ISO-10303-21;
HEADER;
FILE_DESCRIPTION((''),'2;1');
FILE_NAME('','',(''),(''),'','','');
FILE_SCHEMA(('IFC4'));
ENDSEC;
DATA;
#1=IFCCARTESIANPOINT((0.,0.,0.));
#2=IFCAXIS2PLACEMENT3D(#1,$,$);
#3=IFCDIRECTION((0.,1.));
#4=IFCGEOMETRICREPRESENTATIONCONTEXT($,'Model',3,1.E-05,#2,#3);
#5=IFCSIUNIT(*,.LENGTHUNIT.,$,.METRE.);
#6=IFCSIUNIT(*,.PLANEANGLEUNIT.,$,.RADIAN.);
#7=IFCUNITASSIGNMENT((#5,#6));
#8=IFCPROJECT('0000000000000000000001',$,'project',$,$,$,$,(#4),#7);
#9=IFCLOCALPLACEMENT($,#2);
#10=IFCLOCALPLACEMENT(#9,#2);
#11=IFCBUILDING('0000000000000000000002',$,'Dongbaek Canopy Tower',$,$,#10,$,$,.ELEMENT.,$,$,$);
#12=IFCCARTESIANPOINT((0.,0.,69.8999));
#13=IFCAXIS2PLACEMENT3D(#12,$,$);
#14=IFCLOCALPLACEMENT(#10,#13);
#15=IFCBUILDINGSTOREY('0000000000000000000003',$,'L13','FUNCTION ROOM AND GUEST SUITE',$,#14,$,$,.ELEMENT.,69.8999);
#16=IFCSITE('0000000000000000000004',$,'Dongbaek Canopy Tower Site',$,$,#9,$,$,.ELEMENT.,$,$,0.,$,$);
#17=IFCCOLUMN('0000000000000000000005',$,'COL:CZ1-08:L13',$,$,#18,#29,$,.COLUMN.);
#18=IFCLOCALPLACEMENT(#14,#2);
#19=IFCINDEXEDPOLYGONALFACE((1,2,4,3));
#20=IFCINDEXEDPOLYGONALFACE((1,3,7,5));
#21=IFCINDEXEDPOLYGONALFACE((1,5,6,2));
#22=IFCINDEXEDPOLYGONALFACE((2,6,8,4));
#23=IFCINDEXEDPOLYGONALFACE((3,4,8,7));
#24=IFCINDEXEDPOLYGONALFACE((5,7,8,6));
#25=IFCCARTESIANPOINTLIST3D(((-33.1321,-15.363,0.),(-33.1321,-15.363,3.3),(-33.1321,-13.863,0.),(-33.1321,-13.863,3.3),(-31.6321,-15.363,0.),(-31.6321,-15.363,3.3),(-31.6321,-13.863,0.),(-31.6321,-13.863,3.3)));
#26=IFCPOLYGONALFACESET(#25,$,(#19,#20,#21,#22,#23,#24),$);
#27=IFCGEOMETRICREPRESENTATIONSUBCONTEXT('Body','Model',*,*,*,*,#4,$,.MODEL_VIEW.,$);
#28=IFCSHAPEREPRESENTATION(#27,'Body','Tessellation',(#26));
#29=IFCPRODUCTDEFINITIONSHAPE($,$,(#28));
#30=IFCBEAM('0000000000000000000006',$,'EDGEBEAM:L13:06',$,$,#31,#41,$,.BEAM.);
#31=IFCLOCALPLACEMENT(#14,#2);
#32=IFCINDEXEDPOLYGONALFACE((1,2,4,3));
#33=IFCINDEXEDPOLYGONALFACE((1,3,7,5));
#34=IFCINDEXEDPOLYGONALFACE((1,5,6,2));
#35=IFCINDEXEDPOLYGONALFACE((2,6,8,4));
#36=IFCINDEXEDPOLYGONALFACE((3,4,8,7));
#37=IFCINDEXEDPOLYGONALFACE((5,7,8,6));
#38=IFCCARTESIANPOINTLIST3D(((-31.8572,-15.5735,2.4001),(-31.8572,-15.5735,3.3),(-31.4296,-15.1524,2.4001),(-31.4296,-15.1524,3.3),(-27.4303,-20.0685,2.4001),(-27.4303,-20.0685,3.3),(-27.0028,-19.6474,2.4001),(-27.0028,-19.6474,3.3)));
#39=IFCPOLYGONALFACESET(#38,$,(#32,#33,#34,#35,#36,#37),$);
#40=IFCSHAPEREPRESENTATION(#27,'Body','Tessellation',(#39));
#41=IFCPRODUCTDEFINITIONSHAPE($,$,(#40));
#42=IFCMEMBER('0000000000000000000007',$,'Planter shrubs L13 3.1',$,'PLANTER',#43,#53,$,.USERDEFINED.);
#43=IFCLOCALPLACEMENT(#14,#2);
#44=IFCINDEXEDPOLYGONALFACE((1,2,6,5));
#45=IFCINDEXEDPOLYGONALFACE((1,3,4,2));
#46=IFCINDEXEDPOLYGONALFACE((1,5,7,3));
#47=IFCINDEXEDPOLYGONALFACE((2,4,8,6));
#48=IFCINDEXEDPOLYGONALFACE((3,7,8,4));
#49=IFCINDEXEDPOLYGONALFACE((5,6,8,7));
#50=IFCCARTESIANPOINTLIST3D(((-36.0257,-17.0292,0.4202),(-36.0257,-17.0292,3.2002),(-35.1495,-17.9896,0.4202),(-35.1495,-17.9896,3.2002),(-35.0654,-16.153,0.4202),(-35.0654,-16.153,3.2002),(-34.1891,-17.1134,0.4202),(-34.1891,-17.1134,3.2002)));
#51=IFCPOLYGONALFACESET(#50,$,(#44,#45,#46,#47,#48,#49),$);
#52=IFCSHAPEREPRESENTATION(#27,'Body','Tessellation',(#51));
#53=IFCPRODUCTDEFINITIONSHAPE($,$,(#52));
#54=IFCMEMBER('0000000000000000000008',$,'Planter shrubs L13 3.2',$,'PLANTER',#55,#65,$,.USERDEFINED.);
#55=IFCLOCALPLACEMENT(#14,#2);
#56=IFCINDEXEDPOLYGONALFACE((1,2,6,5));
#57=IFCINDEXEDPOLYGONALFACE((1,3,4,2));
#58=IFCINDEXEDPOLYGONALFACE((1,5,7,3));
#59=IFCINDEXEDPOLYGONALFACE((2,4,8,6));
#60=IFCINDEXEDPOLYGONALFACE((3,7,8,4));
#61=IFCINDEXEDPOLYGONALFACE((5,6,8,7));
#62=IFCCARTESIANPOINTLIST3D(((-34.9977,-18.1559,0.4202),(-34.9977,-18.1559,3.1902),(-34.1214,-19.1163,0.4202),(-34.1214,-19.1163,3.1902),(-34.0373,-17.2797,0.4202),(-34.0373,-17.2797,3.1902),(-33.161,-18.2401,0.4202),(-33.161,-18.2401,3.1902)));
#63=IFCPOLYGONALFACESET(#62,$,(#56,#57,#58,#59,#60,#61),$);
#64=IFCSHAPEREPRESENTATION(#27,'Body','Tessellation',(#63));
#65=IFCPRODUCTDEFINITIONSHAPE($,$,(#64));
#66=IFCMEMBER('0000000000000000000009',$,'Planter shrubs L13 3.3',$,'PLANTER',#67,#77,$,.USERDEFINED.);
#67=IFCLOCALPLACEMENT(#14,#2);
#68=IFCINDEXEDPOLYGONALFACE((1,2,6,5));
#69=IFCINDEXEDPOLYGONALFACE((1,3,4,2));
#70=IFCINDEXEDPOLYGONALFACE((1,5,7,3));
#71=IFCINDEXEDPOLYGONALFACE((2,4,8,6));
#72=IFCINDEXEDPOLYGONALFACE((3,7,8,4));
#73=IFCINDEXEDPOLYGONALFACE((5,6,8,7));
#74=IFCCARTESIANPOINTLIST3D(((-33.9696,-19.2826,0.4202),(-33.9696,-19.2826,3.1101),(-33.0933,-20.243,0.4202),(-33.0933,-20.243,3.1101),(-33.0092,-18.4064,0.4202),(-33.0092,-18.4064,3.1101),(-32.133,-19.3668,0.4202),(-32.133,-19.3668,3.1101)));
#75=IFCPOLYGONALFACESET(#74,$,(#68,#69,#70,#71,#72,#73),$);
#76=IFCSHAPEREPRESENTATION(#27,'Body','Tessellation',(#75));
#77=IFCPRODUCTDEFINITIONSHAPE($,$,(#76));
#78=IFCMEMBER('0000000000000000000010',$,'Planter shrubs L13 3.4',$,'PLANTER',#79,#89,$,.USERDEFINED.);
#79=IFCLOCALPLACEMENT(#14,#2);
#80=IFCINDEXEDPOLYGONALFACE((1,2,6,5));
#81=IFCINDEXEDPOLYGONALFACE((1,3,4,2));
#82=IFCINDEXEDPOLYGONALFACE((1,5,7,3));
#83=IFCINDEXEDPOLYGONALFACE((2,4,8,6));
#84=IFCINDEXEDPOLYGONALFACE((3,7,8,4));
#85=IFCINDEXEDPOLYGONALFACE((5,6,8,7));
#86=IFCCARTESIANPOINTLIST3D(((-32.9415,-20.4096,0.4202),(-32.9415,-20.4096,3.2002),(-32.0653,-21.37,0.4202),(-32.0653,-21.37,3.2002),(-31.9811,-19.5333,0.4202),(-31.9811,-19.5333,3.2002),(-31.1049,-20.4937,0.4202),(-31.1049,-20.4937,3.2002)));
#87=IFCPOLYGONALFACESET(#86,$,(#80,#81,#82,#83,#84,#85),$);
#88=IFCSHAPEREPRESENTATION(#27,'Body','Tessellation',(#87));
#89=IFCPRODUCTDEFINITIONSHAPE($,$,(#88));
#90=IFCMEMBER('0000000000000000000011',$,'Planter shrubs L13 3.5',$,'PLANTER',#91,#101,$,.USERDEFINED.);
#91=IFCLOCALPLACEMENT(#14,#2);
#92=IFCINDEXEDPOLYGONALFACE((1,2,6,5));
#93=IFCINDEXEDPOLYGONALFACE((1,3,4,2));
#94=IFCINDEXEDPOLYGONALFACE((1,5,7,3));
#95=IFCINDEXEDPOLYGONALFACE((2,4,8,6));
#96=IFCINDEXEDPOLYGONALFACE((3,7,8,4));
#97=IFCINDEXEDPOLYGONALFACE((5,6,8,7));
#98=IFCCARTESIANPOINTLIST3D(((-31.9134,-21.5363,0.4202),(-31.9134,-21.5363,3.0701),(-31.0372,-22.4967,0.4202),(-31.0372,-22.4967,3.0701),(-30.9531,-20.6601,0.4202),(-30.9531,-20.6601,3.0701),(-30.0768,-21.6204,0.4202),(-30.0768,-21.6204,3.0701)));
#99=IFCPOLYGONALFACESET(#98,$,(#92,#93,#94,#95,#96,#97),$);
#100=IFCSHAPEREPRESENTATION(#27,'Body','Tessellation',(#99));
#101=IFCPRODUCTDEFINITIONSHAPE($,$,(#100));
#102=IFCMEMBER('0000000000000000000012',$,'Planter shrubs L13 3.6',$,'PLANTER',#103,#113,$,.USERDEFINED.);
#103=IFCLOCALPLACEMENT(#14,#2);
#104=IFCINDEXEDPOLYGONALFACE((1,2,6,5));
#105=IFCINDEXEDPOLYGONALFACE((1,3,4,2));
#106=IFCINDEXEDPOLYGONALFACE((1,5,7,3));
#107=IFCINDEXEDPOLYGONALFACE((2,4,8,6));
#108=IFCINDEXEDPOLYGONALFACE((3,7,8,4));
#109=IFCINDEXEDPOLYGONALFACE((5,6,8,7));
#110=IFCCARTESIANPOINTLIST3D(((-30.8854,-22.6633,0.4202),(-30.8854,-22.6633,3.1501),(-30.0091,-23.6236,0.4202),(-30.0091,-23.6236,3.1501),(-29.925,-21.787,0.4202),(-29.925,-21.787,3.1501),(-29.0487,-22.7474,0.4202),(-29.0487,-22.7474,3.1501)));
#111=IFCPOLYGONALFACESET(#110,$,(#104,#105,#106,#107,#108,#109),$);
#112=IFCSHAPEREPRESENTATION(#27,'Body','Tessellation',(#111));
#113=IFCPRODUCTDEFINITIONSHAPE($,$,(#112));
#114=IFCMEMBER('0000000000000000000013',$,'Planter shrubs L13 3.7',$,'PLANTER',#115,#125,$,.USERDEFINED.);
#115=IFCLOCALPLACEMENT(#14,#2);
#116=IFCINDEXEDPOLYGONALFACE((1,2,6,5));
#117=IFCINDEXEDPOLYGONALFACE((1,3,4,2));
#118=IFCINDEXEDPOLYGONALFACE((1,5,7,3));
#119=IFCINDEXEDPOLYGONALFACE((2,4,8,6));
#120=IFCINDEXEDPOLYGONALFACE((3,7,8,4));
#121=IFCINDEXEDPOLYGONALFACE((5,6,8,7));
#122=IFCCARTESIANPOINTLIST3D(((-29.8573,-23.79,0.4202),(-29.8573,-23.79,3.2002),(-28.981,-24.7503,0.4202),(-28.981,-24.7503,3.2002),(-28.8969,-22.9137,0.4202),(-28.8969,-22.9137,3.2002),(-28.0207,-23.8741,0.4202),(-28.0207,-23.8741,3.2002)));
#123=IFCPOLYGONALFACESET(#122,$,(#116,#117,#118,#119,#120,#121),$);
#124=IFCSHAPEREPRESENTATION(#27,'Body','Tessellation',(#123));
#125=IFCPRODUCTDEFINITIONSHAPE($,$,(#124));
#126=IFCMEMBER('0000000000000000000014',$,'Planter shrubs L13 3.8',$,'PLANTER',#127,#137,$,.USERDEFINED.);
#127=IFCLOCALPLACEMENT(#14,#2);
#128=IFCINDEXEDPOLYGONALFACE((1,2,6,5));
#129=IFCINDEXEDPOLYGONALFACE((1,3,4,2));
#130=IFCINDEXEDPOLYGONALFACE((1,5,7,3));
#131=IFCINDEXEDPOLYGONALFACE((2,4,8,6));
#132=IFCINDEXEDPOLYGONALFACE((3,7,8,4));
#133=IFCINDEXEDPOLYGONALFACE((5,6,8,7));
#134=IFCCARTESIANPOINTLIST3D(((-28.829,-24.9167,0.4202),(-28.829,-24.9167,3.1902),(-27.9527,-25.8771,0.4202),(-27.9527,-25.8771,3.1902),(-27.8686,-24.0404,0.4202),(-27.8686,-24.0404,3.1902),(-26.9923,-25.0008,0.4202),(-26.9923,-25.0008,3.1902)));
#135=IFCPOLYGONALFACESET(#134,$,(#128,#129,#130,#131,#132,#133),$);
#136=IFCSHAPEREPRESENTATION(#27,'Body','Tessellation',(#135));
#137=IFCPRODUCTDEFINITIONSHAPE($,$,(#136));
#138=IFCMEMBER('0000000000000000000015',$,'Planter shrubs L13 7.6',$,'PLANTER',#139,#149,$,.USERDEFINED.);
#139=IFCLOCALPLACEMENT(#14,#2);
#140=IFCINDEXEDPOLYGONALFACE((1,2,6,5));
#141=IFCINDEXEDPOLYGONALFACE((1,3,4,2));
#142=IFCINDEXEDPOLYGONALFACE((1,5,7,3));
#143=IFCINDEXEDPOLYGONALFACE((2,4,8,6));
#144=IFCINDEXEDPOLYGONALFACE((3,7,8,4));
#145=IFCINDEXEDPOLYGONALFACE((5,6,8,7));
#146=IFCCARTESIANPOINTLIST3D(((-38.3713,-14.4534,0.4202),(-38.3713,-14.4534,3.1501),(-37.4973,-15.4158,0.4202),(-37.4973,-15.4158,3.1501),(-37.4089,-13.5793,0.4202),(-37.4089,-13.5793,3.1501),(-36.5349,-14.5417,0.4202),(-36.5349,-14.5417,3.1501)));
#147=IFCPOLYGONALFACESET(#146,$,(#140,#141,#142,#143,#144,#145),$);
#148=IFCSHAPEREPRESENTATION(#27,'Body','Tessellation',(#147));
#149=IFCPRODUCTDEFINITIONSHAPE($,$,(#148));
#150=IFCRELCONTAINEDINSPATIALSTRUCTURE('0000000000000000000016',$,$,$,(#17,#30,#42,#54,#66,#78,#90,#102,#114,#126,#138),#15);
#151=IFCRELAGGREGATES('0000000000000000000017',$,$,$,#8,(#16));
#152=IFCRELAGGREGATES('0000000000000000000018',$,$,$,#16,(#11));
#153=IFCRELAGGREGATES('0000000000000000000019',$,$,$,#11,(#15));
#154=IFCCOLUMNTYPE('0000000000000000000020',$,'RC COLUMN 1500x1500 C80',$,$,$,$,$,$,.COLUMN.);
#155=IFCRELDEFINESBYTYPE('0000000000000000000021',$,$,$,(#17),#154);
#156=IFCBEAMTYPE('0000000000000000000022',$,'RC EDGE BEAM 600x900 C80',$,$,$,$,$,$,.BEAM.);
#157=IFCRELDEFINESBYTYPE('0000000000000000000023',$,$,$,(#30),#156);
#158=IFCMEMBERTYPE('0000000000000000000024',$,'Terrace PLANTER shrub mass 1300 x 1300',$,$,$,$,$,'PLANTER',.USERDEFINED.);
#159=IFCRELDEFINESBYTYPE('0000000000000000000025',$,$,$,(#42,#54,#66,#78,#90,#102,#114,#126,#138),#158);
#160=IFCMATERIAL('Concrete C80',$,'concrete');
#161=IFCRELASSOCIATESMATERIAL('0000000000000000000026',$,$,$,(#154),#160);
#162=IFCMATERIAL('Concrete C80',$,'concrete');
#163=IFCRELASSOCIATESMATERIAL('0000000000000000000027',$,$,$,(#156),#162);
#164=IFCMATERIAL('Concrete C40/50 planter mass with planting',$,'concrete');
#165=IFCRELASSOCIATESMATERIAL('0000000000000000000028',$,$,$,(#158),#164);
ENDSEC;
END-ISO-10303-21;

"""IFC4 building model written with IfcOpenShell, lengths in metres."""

from ifc_helpers import new_model, si_unit, direction, frame, origin, origin_2d, place, context, subcontext, project, spatial, rectangle, extrude, material, material_profile, profile_set, type_object, element, save


model = new_model("IFC4")

# Units and contexts
model_context = context("Model", 3, precision=1e-05, world=origin(), true_north=direction((0.0, 1.0)))
body_context = subcontext(model_context, "Body", "Model", "MODEL_VIEW")
ifc_project = project(units=[si_unit("LENGTHUNIT", "METRE"), si_unit("PLANEANGLEUNIT", "RADIAN")], contexts=[model_context])

# Site, building, storey
site_placement = place(None, origin())
site = spatial("IfcSite", under=ifc_project, at=site_placement, Name="Dongbaek Canopy Tower Site", CompositionType="ELEMENT", RefElevation=0.0)
building_placement = place(site_placement, origin())
building = spatial("IfcBuilding", under=site, at=building_placement, Name="Dongbaek Canopy Tower", CompositionType="ELEMENT")
storey_placement = place(building_placement, frame((0.0, 0.0, 69.8999)))
storey = spatial("IfcBuildingStorey", under=building, at=storey_placement, Name="L13", Description="FUNCTION ROOM AND GUEST SUITE", CompositionType="ELEMENT", Elevation=69.8999)

# Column
ifc_material_1 = material(Name="Concrete C80", Category="concrete")
ifc_material_profile_1 = material_profile(ifc_material_1, rectangle(XDim=1.5, YDim=1.5, at=origin_2d()), Name="RC COLUMN 1500x1500 C80")
ifc_profile_set_1 = profile_set([ifc_material_profile_1], Name="Concrete C80")
column_type = type_object("IfcColumnType", Name="RC COLUMN 1500x1500 C80", PredefinedType="COLUMN", material=ifc_profile_set_1)
column_placement = place(storey_placement, frame((-32.3821, -14.613, 0.0), z_axis=(0.0, 0.0, 1.0), x_axis=(1.0, 0.0, 0.0)))
element("IfcColumn", 1, at=column_placement, inside=storey, type_object=column_type, Name="COL:CZ1-08:L13", PredefinedType="COLUMN", context=body_context, shape_type="SweptSolid", body=[
    extrude(rectangle(XDim=1.5, YDim=1.5, at=origin_2d()), origin(), (0.0, 0.0, 1.0), 3.3),
])

# Beam
ifc_material_2 = material(Name="Concrete C80", Category="concrete")
ifc_material_profile_2 = material_profile(ifc_material_2, rectangle(XDim=0.6001, YDim=0.8999, at=origin_2d()), Name="RC EDGE BEAM 600x900 C80")
ifc_profile_set_2 = profile_set([ifc_material_profile_2], Name="Concrete C80")
beam_type = type_object("IfcBeamType", Name="RC EDGE BEAM 600x900 C80", PredefinedType="BEAM", material=ifc_profile_set_2)
beam_placement = place(storey_placement, frame((-27.2166, -19.8579, 2.8501), z_axis=(-0.701688, 0.712485, 0.0), x_axis=(-0.712485, -0.701688, 0.0)))
element("IfcBeam", 2, at=beam_placement, inside=storey, type_object=beam_type, Name="EDGEBEAM:L13:06", PredefinedType="BEAM", context=body_context, shape_type="SweptSolid", body=[
    extrude(rectangle(XDim=0.6001, YDim=0.8999, at=origin_2d()), origin(), (0.0, 0.0, 1.0), 6.3088),
])

# Members
ifc_material_3 = material(Name="Concrete C40/50 planter mass with planting", Category="concrete")
ifc_material_profile_3 = material_profile(ifc_material_3, rectangle(XDim=1.3, YDim=1.3, at=origin_2d()), Name="Terrace PLANTER shrub mass 1300 x 1300")
ifc_profile_set_3 = profile_set([ifc_material_profile_3], Name="Concrete C40/50 planter mass with planting")
member_type = type_object("IfcMemberType", Name="Terrace PLANTER shrub mass 1300 x 1300", ElementType="PLANTER", PredefinedType="USERDEFINED", material=ifc_profile_set_3)
member_1_placement = place(storey_placement, frame((-35.1074, -17.0713, 0.4202), z_axis=(0.0, 0.0, 1.0), x_axis=(-0.73872, -0.674012, 0.0)))
element("IfcMember", 3, at=member_1_placement, inside=storey, type_object=member_type, Name="Planter shrubs L13 3.1", ObjectType="PLANTER", PredefinedType="USERDEFINED", context=body_context, shape_type="SweptSolid", body=[
    extrude(rectangle(XDim=1.3, YDim=1.3, at=origin_2d()), origin(), (0.0, 0.0, 1.0), 2.78),
])
member_2_placement = place(storey_placement, frame((-34.0793, -18.198, 0.4202), z_axis=(0.0, 0.0, 1.0), x_axis=(-0.73872, -0.674012, 0.0)))
element("IfcMember", 4, at=member_2_placement, inside=storey, type_object=member_type, Name="Planter shrubs L13 3.2", ObjectType="PLANTER", PredefinedType="USERDEFINED", context=body_context, shape_type="SweptSolid", body=[
    extrude(rectangle(XDim=1.3, YDim=1.3, at=origin_2d()), origin(), (0.0, 0.0, 1.0), 2.77),
])
member_3_placement = place(storey_placement, frame((-33.0513, -19.3247, 0.4202), z_axis=(0.0, 0.0, 1.0), x_axis=(-0.73872, -0.674012, 0.0)))
element("IfcMember", 5, at=member_3_placement, inside=storey, type_object=member_type, Name="Planter shrubs L13 3.3", ObjectType="PLANTER", PredefinedType="USERDEFINED", context=body_context, shape_type="SweptSolid", body=[
    extrude(rectangle(XDim=1.3, YDim=1.3, at=origin_2d()), origin(), (0.0, 0.0, 1.0), 2.6899),
])
member_4_placement = place(storey_placement, frame((-32.0232, -20.4517, 0.4202), z_axis=(0.0, 0.0, 1.0), x_axis=(-0.73872, -0.674012, 0.0)))
element("IfcMember", 6, at=member_4_placement, inside=storey, type_object=member_type, Name="Planter shrubs L13 3.4", ObjectType="PLANTER", PredefinedType="USERDEFINED", context=body_context, shape_type="SweptSolid", body=[
    extrude(rectangle(XDim=1.3, YDim=1.3, at=origin_2d()), origin(), (0.0, 0.0, 1.0), 2.78),
])
member_5_placement = place(storey_placement, frame((-30.9951, -21.5784, 0.4202), z_axis=(0.0, 0.0, 1.0), x_axis=(-0.73872, -0.674012, 0.0)))
element("IfcMember", 7, at=member_5_placement, inside=storey, type_object=member_type, Name="Planter shrubs L13 3.5", ObjectType="PLANTER", PredefinedType="USERDEFINED", context=body_context, shape_type="SweptSolid", body=[
    extrude(rectangle(XDim=1.3, YDim=1.3, at=origin_2d()), origin(), (0.0, 0.0, 1.0), 2.6499),
])
member_6_placement = place(storey_placement, frame((-29.967, -22.7053, 0.4202), z_axis=(0.0, 0.0, 1.0), x_axis=(-0.73872, -0.674012, 0.0)))
element("IfcMember", 8, at=member_6_placement, inside=storey, type_object=member_type, Name="Planter shrubs L13 3.6", ObjectType="PLANTER", PredefinedType="USERDEFINED", context=body_context, shape_type="SweptSolid", body=[
    extrude(rectangle(XDim=1.3, YDim=1.3, at=origin_2d()), origin(), (0.0, 0.0, 1.0), 2.73),
])
member_7_placement = place(storey_placement, frame((-28.939, -23.832, 0.4202), z_axis=(0.0, 0.0, 1.0), x_axis=(-0.73872, -0.674012, 0.0)))
element("IfcMember", 9, at=member_7_placement, inside=storey, type_object=member_type, Name="Planter shrubs L13 3.7", ObjectType="PLANTER", PredefinedType="USERDEFINED", context=body_context, shape_type="SweptSolid", body=[
    extrude(rectangle(XDim=1.3, YDim=1.3, at=origin_2d()), origin(), (0.0, 0.0, 1.0), 2.78),
])
member_8_placement = place(storey_placement, frame((-27.9106, -24.9587, 0.4202), z_axis=(0.0, 0.0, 1.0), x_axis=(-0.73872, -0.674012, 0.0)))
element("IfcMember", 10, at=member_8_placement, inside=storey, type_object=member_type, Name="Planter shrubs L13 3.8", ObjectType="PLANTER", PredefinedType="USERDEFINED", context=body_context, shape_type="SweptSolid", body=[
    extrude(rectangle(XDim=1.3, YDim=1.3, at=origin_2d()), origin(), (0.0, 0.0, 1.0), 2.77),
])
member_9_placement = place(storey_placement, frame((-37.4531, -14.4976, 0.4202), z_axis=(0.0, 0.0, 1.0), x_axis=(-0.740276, -0.672303, 0.0)))
element("IfcMember", 11, at=member_9_placement, inside=storey, type_object=member_type, Name="Planter shrubs L13 7.6", ObjectType="PLANTER", PredefinedType="USERDEFINED", context=body_context, shape_type="SweptSolid", body=[
    extrude(rectangle(XDim=1.3, YDim=1.3, at=origin_2d()), origin(), (0.0, 0.0, 1.0), 2.73),
])

save(model, "model.ifc")
